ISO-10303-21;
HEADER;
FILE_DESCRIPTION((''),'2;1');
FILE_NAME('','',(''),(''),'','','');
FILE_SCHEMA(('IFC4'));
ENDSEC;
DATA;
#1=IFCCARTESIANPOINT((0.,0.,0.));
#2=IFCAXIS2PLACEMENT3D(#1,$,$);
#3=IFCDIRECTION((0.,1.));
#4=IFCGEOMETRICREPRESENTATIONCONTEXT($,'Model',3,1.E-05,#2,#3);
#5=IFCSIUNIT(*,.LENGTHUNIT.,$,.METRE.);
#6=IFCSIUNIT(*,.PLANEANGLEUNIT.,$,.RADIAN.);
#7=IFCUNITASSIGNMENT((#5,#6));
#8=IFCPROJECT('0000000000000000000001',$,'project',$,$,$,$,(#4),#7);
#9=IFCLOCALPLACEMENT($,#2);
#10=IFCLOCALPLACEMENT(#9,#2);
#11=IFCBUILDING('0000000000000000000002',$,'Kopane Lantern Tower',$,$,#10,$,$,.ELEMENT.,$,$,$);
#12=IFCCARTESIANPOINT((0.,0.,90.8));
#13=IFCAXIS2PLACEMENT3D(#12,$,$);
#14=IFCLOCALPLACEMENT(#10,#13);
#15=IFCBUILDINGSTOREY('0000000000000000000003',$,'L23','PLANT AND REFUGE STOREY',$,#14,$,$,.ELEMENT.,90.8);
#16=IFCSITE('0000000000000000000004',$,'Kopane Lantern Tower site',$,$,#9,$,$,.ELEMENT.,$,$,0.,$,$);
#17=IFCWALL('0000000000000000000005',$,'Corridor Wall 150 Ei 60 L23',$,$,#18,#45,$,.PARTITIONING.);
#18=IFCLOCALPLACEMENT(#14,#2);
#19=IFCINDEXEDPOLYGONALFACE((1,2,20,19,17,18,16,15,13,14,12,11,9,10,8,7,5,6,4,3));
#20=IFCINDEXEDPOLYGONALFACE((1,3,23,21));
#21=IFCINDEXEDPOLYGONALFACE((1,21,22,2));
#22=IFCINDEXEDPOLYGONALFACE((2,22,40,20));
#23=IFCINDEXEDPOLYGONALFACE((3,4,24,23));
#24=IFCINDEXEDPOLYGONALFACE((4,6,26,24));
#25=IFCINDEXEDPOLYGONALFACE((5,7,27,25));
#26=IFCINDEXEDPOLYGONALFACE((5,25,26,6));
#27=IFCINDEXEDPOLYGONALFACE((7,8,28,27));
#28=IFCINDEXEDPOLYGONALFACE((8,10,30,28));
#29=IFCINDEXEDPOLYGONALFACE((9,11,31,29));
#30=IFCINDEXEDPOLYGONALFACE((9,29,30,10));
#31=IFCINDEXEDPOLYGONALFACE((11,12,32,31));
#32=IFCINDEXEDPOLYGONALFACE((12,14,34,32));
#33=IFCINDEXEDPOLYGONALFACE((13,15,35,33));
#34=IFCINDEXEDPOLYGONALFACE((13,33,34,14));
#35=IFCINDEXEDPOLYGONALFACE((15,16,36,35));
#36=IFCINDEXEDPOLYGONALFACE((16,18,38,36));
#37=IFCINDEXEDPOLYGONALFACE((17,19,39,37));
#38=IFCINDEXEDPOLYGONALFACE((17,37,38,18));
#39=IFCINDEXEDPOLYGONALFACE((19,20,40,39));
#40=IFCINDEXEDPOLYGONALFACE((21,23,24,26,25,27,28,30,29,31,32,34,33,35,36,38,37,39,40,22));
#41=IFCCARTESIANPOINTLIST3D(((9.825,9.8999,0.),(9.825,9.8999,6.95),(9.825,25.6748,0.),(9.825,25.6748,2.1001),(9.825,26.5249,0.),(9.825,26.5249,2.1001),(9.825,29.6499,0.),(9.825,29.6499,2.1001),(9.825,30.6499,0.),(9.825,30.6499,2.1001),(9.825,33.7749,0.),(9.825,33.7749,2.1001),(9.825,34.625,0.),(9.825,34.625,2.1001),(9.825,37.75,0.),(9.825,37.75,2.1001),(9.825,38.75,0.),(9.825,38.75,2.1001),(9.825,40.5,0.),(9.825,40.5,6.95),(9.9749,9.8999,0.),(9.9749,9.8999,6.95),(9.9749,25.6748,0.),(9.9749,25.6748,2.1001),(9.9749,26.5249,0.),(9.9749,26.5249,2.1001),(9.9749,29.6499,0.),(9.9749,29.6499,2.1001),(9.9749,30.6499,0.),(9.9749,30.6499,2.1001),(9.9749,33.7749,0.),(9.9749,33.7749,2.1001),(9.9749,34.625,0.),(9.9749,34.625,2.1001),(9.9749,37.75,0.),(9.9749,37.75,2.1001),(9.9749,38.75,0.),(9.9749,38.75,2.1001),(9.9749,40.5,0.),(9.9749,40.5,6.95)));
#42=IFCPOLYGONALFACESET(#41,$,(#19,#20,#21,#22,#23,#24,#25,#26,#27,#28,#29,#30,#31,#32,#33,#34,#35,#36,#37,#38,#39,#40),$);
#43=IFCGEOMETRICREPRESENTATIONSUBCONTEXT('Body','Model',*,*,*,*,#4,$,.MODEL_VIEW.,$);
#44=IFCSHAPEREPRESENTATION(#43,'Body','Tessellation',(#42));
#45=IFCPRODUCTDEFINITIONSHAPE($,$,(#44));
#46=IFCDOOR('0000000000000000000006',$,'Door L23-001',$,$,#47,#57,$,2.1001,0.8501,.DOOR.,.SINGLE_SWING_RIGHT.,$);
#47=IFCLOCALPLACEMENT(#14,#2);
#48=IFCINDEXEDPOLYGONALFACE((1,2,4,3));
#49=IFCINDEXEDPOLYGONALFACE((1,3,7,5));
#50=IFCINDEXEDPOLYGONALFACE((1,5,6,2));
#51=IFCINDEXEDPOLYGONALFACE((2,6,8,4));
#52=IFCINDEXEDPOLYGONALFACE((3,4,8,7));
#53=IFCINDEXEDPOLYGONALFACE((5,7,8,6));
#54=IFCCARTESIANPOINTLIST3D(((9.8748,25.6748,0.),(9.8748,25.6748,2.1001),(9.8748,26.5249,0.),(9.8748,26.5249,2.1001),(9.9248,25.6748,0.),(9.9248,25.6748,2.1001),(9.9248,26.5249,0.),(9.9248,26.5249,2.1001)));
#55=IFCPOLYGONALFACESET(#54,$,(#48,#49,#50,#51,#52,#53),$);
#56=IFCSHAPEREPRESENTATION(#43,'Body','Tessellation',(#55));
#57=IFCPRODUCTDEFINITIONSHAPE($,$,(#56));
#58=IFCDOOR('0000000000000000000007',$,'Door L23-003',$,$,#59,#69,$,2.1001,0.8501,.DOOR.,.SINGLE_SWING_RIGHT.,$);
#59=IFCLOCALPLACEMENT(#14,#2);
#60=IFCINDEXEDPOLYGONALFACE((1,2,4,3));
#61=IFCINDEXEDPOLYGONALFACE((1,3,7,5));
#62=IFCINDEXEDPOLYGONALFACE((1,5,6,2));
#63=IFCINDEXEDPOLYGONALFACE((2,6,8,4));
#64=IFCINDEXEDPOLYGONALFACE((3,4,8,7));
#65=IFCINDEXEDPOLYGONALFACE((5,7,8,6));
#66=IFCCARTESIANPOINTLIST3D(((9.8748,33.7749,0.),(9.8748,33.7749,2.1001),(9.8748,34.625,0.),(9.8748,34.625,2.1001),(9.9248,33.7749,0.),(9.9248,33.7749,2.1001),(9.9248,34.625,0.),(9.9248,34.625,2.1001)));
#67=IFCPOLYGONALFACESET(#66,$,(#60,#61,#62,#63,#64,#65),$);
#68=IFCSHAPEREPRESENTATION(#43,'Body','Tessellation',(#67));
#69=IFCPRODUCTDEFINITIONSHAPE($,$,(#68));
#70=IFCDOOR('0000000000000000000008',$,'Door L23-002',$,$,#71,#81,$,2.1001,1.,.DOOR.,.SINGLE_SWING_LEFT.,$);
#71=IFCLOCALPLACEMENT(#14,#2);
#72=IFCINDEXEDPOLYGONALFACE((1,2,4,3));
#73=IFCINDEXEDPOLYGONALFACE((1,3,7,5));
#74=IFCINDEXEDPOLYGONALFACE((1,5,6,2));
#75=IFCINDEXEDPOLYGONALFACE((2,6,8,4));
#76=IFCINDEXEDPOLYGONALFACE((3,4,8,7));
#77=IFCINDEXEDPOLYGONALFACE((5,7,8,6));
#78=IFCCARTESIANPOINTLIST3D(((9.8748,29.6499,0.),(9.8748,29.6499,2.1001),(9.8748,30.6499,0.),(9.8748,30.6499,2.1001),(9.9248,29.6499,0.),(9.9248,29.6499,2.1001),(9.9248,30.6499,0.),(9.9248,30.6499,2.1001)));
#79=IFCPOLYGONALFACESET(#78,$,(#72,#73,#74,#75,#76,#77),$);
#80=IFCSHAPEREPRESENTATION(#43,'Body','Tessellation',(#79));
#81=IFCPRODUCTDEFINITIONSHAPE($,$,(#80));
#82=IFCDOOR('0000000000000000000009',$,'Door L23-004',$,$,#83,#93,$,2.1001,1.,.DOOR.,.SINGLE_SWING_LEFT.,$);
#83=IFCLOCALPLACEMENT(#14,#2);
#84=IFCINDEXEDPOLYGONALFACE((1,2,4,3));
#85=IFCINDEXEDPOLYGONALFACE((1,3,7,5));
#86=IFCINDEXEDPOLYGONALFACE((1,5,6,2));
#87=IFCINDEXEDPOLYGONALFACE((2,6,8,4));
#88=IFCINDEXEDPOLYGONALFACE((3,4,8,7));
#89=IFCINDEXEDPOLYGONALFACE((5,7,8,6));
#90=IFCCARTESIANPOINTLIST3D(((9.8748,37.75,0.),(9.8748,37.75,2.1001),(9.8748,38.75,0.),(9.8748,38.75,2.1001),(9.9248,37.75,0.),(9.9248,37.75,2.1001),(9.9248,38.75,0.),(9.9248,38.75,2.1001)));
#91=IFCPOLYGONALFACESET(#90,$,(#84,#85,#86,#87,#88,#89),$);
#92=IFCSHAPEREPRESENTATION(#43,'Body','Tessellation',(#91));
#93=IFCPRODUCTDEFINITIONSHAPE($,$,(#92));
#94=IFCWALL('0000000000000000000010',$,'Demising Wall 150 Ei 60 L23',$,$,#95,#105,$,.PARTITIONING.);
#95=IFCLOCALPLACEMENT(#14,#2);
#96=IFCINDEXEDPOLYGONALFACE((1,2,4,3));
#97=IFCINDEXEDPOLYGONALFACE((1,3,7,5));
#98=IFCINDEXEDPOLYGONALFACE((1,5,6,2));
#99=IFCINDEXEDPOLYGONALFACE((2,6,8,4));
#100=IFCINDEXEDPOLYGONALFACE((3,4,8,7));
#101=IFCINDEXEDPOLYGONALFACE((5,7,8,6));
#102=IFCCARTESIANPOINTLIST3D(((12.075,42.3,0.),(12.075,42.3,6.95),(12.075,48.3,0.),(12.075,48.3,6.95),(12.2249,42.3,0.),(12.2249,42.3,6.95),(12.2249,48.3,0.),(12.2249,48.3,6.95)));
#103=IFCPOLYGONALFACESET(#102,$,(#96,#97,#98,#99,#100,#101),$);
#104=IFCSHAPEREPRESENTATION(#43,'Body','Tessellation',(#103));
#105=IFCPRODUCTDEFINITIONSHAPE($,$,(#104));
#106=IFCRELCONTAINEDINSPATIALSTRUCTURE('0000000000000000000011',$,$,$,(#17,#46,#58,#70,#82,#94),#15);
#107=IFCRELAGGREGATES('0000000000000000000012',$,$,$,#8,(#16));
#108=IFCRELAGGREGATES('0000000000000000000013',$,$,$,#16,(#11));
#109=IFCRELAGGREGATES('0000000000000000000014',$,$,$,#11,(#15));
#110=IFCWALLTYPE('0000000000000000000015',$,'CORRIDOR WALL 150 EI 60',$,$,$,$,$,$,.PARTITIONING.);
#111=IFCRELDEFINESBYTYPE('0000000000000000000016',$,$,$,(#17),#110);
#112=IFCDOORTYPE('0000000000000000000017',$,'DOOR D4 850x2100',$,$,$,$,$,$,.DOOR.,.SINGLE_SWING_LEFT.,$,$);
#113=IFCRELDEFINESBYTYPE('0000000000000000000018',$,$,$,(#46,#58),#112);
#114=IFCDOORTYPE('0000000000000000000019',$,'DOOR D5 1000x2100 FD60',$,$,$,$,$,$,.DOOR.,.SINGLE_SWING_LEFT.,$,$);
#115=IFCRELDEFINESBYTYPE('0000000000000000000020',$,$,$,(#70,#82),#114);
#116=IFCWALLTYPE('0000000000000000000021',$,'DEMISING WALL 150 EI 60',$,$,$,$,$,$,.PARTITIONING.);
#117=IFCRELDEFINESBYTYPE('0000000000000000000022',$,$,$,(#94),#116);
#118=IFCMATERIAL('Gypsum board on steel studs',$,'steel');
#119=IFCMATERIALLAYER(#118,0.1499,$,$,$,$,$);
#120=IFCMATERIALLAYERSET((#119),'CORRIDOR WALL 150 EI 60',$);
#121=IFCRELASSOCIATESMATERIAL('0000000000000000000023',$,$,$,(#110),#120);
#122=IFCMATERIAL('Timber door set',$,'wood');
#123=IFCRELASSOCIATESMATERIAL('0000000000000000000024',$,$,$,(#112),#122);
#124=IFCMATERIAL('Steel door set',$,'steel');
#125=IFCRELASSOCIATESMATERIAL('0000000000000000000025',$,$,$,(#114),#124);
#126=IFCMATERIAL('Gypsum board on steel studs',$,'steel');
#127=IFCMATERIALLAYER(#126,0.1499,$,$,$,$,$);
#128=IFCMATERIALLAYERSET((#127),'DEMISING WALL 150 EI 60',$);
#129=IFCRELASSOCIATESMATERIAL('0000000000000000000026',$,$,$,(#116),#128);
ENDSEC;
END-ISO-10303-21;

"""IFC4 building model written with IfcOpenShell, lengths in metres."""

from ifc_helpers import new_model, si_unit, direction, frame, frame_2d, origin, place, context, subcontext, project, spatial, rectangle, extrude, material, layer, layer_set, type_object, element, fill, save


model = new_model("IFC4")

# Units and contexts
model_context = context("Model", 3, precision=1e-05, world=origin(), true_north=direction((0.0, 1.0)))
body_context = subcontext(model_context, "Body", "Model", "MODEL_VIEW")
ifc_project = project(units=[si_unit("LENGTHUNIT", "METRE"), si_unit("PLANEANGLEUNIT", "RADIAN")], contexts=[model_context])

# Site, building, storey
site_placement = place(None, origin())
site = spatial("IfcSite", under=ifc_project, at=site_placement, Name="Kopane Lantern Tower site", CompositionType="ELEMENT", RefElevation=0.0)
building_placement = place(site_placement, origin())
building = spatial("IfcBuilding", under=site, at=building_placement, Name="Kopane Lantern Tower", CompositionType="ELEMENT")
storey_placement = place(building_placement, frame((0.0, 0.0, 90.8)))
storey = spatial("IfcBuildingStorey", under=building, at=storey_placement, Name="L23", Description="PLANT AND REFUGE STOREY", CompositionType="ELEMENT", Elevation=90.8)

# Shared definitions
ifc_material_1 = material(Name="Gypsum board on steel studs", Category="steel")
ifc_layer_1 = layer(ifc_material_1, 0.1499)
ifc_layer_set_1 = layer_set([ifc_layer_1], Name="CORRIDOR WALL 150 EI 60")
wall_type_1 = type_object("IfcWallType", Name="CORRIDOR WALL 150 EI 60", PredefinedType="PARTITIONING", material=ifc_layer_set_1)

# Wall, openings, doors
wall_1_placement = place(storey_placement, frame((9.8999, 40.5, 0.0), z_axis=(0.0, 0.0, 1.0), x_axis=(0.0, -1.0, 0.0)))
wall_1 = element("IfcWall", 1, at=wall_1_placement, inside=storey, type_object=wall_type_1, Name="Corridor Wall 150 Ei 60 L23", PredefinedType="PARTITIONING", context=body_context, shape_type="SweptSolid", body=[
    extrude(rectangle(XDim=30.6001, YDim=0.1499, at=frame_2d((15.3, 0.0))), origin(), (0.0, 0.0, 1.0), 6.95),
])
opening_1_placement = place(wall_1_placement, frame((13.9751, 0.0, 0.0)))
opening_1 = element("IfcOpeningElement", 2, at=opening_1_placement, cuts=wall_1, PredefinedType="OPENING", context=body_context, shape_type="SweptSolid", body=[
    extrude(rectangle(XDim=0.8501, YDim=2.1001, at=frame_2d((0.425, 1.05))), frame((0.0, 0.085, 0.0), z_axis=(0.0, -1.0, 0.0), x_axis=(1.0, 0.0, 0.0)), (0.0, 0.0, 1.0), 0.1699),
])
opening_2_placement = place(wall_1_placement, frame((9.8501, 0.0, 0.0)))
opening_2 = element("IfcOpeningElement", 3, at=opening_2_placement, cuts=wall_1, PredefinedType="OPENING", context=body_context, shape_type="SweptSolid", body=[
    extrude(rectangle(XDim=1.0, YDim=2.1001, at=frame_2d((0.5, 1.05))), frame((0.0, 0.085, 0.0), z_axis=(0.0, -1.0, 0.0), x_axis=(1.0, 0.0, 0.0)), (0.0, 0.0, 1.0), 0.1699),
])
opening_3_placement = place(wall_1_placement, frame((5.875, 0.0, 0.0)))
opening_3 = element("IfcOpeningElement", 4, at=opening_3_placement, cuts=wall_1, PredefinedType="OPENING", context=body_context, shape_type="SweptSolid", body=[
    extrude(rectangle(XDim=0.8501, YDim=2.1001, at=frame_2d((0.425, 1.05))), frame((0.0, 0.085, 0.0), z_axis=(0.0, -1.0, 0.0), x_axis=(1.0, 0.0, 0.0)), (0.0, 0.0, 1.0), 0.1699),
])
opening_4_placement = place(wall_1_placement, frame((1.75, 0.0, 0.0)))
opening_4 = element("IfcOpeningElement", 5, at=opening_4_placement, cuts=wall_1, PredefinedType="OPENING", context=body_context, shape_type="SweptSolid", body=[
    extrude(rectangle(XDim=1.0, YDim=2.1001, at=frame_2d((0.5, 1.05))), frame((0.0, 0.085, 0.0), z_axis=(0.0, -1.0, 0.0), x_axis=(1.0, 0.0, 0.0)), (0.0, 0.0, 1.0), 0.1699),
])
ifc_material_2 = material(Name="Timber door set", Category="wood")
door_type_1 = type_object("IfcDoorType", Name="DOOR D4 850x2100", OperationType="SINGLE_SWING_LEFT", PredefinedType="DOOR", material=ifc_material_2)
door_1_placement = place(opening_1_placement, origin())
door_1 = element("IfcDoor", 6, at=door_1_placement, inside=storey, type_object=door_type_1, Name="Door L23-001", OperationType="SINGLE_SWING_RIGHT", OverallHeight=2.1001, OverallWidth=0.8501, PredefinedType="DOOR", context=body_context, shape_type="SweptSolid", body=[
    extrude(rectangle(XDim=0.8501, YDim=2.1001, at=frame_2d((0.425, 1.05))), frame((0.0, 0.0249, 0.0), z_axis=(0.0, -1.0, 0.0), x_axis=(1.0, 0.0, 0.0)), (0.0, 0.0, 1.0), 0.05),
])
fill(opening_1, door_1)
door_2_placement = place(opening_3_placement, origin())
door_2 = element("IfcDoor", 7, at=door_2_placement, inside=storey, type_object=door_type_1, Name="Door L23-003", OperationType="SINGLE_SWING_RIGHT", OverallHeight=2.1001, OverallWidth=0.8501, PredefinedType="DOOR", context=body_context, shape_type="SweptSolid", body=[
    extrude(rectangle(XDim=0.8501, YDim=2.1001, at=frame_2d((0.425, 1.05))), frame((0.0, 0.0249, 0.0), z_axis=(0.0, -1.0, 0.0), x_axis=(1.0, 0.0, 0.0)), (0.0, 0.0, 1.0), 0.05),
])
fill(opening_3, door_2)
ifc_material_3 = material(Name="Steel door set", Category="steel")
door_type_2 = type_object("IfcDoorType", Name="DOOR D5 1000x2100 FD60", OperationType="SINGLE_SWING_LEFT", PredefinedType="DOOR", material=ifc_material_3)
door_3_placement = place(opening_2_placement, origin())
door_3 = element("IfcDoor", 8, at=door_3_placement, inside=storey, type_object=door_type_2, Name="Door L23-002", OperationType="SINGLE_SWING_LEFT", OverallHeight=2.1001, OverallWidth=1.0, PredefinedType="DOOR", context=body_context, shape_type="SweptSolid", body=[
    extrude(rectangle(XDim=1.0, YDim=2.1001, at=frame_2d((0.5, 1.05))), frame((0.0, 0.0249, 0.0), z_axis=(0.0, -1.0, 0.0), x_axis=(1.0, 0.0, 0.0)), (0.0, 0.0, 1.0), 0.05),
])
fill(opening_2, door_3)
door_4_placement = place(opening_4_placement, origin())
door_4 = element("IfcDoor", 9, at=door_4_placement, inside=storey, type_object=door_type_2, Name="Door L23-004", OperationType="SINGLE_SWING_LEFT", OverallHeight=2.1001, OverallWidth=1.0, PredefinedType="DOOR", context=body_context, shape_type="SweptSolid", body=[
    extrude(rectangle(XDim=1.0, YDim=2.1001, at=frame_2d((0.5, 1.05))), frame((0.0, 0.0249, 0.0), z_axis=(0.0, -1.0, 0.0), x_axis=(1.0, 0.0, 0.0)), (0.0, 0.0, 1.0), 0.05),
])
fill(opening_4, door_4)

# Wall
ifc_material_4 = material(Name="Gypsum board on steel studs", Category="steel")
ifc_layer_2 = layer(ifc_material_4, 0.1499)
ifc_layer_set_2 = layer_set([ifc_layer_2], Name="DEMISING WALL 150 EI 60")
wall_type_2 = type_object("IfcWallType", Name="DEMISING WALL 150 EI 60", PredefinedType="PARTITIONING", material=ifc_layer_set_2)
wall_2_placement = place(storey_placement, frame((12.1499, 42.3, 0.0), z_axis=(0.0, 0.0, 1.0), x_axis=(0.0, 1.0, 0.0)))
element("IfcWall", 10, at=wall_2_placement, inside=storey, type_object=wall_type_2, Name="Demising Wall 150 Ei 60 L23", PredefinedType="PARTITIONING", context=body_context, shape_type="SweptSolid", body=[
    extrude(rectangle(XDim=6.0, YDim=0.1499, at=frame_2d((3.0, 0.0))), origin(), (0.0, 0.0, 1.0), 6.95),
])

save(model, "model.ifc")
